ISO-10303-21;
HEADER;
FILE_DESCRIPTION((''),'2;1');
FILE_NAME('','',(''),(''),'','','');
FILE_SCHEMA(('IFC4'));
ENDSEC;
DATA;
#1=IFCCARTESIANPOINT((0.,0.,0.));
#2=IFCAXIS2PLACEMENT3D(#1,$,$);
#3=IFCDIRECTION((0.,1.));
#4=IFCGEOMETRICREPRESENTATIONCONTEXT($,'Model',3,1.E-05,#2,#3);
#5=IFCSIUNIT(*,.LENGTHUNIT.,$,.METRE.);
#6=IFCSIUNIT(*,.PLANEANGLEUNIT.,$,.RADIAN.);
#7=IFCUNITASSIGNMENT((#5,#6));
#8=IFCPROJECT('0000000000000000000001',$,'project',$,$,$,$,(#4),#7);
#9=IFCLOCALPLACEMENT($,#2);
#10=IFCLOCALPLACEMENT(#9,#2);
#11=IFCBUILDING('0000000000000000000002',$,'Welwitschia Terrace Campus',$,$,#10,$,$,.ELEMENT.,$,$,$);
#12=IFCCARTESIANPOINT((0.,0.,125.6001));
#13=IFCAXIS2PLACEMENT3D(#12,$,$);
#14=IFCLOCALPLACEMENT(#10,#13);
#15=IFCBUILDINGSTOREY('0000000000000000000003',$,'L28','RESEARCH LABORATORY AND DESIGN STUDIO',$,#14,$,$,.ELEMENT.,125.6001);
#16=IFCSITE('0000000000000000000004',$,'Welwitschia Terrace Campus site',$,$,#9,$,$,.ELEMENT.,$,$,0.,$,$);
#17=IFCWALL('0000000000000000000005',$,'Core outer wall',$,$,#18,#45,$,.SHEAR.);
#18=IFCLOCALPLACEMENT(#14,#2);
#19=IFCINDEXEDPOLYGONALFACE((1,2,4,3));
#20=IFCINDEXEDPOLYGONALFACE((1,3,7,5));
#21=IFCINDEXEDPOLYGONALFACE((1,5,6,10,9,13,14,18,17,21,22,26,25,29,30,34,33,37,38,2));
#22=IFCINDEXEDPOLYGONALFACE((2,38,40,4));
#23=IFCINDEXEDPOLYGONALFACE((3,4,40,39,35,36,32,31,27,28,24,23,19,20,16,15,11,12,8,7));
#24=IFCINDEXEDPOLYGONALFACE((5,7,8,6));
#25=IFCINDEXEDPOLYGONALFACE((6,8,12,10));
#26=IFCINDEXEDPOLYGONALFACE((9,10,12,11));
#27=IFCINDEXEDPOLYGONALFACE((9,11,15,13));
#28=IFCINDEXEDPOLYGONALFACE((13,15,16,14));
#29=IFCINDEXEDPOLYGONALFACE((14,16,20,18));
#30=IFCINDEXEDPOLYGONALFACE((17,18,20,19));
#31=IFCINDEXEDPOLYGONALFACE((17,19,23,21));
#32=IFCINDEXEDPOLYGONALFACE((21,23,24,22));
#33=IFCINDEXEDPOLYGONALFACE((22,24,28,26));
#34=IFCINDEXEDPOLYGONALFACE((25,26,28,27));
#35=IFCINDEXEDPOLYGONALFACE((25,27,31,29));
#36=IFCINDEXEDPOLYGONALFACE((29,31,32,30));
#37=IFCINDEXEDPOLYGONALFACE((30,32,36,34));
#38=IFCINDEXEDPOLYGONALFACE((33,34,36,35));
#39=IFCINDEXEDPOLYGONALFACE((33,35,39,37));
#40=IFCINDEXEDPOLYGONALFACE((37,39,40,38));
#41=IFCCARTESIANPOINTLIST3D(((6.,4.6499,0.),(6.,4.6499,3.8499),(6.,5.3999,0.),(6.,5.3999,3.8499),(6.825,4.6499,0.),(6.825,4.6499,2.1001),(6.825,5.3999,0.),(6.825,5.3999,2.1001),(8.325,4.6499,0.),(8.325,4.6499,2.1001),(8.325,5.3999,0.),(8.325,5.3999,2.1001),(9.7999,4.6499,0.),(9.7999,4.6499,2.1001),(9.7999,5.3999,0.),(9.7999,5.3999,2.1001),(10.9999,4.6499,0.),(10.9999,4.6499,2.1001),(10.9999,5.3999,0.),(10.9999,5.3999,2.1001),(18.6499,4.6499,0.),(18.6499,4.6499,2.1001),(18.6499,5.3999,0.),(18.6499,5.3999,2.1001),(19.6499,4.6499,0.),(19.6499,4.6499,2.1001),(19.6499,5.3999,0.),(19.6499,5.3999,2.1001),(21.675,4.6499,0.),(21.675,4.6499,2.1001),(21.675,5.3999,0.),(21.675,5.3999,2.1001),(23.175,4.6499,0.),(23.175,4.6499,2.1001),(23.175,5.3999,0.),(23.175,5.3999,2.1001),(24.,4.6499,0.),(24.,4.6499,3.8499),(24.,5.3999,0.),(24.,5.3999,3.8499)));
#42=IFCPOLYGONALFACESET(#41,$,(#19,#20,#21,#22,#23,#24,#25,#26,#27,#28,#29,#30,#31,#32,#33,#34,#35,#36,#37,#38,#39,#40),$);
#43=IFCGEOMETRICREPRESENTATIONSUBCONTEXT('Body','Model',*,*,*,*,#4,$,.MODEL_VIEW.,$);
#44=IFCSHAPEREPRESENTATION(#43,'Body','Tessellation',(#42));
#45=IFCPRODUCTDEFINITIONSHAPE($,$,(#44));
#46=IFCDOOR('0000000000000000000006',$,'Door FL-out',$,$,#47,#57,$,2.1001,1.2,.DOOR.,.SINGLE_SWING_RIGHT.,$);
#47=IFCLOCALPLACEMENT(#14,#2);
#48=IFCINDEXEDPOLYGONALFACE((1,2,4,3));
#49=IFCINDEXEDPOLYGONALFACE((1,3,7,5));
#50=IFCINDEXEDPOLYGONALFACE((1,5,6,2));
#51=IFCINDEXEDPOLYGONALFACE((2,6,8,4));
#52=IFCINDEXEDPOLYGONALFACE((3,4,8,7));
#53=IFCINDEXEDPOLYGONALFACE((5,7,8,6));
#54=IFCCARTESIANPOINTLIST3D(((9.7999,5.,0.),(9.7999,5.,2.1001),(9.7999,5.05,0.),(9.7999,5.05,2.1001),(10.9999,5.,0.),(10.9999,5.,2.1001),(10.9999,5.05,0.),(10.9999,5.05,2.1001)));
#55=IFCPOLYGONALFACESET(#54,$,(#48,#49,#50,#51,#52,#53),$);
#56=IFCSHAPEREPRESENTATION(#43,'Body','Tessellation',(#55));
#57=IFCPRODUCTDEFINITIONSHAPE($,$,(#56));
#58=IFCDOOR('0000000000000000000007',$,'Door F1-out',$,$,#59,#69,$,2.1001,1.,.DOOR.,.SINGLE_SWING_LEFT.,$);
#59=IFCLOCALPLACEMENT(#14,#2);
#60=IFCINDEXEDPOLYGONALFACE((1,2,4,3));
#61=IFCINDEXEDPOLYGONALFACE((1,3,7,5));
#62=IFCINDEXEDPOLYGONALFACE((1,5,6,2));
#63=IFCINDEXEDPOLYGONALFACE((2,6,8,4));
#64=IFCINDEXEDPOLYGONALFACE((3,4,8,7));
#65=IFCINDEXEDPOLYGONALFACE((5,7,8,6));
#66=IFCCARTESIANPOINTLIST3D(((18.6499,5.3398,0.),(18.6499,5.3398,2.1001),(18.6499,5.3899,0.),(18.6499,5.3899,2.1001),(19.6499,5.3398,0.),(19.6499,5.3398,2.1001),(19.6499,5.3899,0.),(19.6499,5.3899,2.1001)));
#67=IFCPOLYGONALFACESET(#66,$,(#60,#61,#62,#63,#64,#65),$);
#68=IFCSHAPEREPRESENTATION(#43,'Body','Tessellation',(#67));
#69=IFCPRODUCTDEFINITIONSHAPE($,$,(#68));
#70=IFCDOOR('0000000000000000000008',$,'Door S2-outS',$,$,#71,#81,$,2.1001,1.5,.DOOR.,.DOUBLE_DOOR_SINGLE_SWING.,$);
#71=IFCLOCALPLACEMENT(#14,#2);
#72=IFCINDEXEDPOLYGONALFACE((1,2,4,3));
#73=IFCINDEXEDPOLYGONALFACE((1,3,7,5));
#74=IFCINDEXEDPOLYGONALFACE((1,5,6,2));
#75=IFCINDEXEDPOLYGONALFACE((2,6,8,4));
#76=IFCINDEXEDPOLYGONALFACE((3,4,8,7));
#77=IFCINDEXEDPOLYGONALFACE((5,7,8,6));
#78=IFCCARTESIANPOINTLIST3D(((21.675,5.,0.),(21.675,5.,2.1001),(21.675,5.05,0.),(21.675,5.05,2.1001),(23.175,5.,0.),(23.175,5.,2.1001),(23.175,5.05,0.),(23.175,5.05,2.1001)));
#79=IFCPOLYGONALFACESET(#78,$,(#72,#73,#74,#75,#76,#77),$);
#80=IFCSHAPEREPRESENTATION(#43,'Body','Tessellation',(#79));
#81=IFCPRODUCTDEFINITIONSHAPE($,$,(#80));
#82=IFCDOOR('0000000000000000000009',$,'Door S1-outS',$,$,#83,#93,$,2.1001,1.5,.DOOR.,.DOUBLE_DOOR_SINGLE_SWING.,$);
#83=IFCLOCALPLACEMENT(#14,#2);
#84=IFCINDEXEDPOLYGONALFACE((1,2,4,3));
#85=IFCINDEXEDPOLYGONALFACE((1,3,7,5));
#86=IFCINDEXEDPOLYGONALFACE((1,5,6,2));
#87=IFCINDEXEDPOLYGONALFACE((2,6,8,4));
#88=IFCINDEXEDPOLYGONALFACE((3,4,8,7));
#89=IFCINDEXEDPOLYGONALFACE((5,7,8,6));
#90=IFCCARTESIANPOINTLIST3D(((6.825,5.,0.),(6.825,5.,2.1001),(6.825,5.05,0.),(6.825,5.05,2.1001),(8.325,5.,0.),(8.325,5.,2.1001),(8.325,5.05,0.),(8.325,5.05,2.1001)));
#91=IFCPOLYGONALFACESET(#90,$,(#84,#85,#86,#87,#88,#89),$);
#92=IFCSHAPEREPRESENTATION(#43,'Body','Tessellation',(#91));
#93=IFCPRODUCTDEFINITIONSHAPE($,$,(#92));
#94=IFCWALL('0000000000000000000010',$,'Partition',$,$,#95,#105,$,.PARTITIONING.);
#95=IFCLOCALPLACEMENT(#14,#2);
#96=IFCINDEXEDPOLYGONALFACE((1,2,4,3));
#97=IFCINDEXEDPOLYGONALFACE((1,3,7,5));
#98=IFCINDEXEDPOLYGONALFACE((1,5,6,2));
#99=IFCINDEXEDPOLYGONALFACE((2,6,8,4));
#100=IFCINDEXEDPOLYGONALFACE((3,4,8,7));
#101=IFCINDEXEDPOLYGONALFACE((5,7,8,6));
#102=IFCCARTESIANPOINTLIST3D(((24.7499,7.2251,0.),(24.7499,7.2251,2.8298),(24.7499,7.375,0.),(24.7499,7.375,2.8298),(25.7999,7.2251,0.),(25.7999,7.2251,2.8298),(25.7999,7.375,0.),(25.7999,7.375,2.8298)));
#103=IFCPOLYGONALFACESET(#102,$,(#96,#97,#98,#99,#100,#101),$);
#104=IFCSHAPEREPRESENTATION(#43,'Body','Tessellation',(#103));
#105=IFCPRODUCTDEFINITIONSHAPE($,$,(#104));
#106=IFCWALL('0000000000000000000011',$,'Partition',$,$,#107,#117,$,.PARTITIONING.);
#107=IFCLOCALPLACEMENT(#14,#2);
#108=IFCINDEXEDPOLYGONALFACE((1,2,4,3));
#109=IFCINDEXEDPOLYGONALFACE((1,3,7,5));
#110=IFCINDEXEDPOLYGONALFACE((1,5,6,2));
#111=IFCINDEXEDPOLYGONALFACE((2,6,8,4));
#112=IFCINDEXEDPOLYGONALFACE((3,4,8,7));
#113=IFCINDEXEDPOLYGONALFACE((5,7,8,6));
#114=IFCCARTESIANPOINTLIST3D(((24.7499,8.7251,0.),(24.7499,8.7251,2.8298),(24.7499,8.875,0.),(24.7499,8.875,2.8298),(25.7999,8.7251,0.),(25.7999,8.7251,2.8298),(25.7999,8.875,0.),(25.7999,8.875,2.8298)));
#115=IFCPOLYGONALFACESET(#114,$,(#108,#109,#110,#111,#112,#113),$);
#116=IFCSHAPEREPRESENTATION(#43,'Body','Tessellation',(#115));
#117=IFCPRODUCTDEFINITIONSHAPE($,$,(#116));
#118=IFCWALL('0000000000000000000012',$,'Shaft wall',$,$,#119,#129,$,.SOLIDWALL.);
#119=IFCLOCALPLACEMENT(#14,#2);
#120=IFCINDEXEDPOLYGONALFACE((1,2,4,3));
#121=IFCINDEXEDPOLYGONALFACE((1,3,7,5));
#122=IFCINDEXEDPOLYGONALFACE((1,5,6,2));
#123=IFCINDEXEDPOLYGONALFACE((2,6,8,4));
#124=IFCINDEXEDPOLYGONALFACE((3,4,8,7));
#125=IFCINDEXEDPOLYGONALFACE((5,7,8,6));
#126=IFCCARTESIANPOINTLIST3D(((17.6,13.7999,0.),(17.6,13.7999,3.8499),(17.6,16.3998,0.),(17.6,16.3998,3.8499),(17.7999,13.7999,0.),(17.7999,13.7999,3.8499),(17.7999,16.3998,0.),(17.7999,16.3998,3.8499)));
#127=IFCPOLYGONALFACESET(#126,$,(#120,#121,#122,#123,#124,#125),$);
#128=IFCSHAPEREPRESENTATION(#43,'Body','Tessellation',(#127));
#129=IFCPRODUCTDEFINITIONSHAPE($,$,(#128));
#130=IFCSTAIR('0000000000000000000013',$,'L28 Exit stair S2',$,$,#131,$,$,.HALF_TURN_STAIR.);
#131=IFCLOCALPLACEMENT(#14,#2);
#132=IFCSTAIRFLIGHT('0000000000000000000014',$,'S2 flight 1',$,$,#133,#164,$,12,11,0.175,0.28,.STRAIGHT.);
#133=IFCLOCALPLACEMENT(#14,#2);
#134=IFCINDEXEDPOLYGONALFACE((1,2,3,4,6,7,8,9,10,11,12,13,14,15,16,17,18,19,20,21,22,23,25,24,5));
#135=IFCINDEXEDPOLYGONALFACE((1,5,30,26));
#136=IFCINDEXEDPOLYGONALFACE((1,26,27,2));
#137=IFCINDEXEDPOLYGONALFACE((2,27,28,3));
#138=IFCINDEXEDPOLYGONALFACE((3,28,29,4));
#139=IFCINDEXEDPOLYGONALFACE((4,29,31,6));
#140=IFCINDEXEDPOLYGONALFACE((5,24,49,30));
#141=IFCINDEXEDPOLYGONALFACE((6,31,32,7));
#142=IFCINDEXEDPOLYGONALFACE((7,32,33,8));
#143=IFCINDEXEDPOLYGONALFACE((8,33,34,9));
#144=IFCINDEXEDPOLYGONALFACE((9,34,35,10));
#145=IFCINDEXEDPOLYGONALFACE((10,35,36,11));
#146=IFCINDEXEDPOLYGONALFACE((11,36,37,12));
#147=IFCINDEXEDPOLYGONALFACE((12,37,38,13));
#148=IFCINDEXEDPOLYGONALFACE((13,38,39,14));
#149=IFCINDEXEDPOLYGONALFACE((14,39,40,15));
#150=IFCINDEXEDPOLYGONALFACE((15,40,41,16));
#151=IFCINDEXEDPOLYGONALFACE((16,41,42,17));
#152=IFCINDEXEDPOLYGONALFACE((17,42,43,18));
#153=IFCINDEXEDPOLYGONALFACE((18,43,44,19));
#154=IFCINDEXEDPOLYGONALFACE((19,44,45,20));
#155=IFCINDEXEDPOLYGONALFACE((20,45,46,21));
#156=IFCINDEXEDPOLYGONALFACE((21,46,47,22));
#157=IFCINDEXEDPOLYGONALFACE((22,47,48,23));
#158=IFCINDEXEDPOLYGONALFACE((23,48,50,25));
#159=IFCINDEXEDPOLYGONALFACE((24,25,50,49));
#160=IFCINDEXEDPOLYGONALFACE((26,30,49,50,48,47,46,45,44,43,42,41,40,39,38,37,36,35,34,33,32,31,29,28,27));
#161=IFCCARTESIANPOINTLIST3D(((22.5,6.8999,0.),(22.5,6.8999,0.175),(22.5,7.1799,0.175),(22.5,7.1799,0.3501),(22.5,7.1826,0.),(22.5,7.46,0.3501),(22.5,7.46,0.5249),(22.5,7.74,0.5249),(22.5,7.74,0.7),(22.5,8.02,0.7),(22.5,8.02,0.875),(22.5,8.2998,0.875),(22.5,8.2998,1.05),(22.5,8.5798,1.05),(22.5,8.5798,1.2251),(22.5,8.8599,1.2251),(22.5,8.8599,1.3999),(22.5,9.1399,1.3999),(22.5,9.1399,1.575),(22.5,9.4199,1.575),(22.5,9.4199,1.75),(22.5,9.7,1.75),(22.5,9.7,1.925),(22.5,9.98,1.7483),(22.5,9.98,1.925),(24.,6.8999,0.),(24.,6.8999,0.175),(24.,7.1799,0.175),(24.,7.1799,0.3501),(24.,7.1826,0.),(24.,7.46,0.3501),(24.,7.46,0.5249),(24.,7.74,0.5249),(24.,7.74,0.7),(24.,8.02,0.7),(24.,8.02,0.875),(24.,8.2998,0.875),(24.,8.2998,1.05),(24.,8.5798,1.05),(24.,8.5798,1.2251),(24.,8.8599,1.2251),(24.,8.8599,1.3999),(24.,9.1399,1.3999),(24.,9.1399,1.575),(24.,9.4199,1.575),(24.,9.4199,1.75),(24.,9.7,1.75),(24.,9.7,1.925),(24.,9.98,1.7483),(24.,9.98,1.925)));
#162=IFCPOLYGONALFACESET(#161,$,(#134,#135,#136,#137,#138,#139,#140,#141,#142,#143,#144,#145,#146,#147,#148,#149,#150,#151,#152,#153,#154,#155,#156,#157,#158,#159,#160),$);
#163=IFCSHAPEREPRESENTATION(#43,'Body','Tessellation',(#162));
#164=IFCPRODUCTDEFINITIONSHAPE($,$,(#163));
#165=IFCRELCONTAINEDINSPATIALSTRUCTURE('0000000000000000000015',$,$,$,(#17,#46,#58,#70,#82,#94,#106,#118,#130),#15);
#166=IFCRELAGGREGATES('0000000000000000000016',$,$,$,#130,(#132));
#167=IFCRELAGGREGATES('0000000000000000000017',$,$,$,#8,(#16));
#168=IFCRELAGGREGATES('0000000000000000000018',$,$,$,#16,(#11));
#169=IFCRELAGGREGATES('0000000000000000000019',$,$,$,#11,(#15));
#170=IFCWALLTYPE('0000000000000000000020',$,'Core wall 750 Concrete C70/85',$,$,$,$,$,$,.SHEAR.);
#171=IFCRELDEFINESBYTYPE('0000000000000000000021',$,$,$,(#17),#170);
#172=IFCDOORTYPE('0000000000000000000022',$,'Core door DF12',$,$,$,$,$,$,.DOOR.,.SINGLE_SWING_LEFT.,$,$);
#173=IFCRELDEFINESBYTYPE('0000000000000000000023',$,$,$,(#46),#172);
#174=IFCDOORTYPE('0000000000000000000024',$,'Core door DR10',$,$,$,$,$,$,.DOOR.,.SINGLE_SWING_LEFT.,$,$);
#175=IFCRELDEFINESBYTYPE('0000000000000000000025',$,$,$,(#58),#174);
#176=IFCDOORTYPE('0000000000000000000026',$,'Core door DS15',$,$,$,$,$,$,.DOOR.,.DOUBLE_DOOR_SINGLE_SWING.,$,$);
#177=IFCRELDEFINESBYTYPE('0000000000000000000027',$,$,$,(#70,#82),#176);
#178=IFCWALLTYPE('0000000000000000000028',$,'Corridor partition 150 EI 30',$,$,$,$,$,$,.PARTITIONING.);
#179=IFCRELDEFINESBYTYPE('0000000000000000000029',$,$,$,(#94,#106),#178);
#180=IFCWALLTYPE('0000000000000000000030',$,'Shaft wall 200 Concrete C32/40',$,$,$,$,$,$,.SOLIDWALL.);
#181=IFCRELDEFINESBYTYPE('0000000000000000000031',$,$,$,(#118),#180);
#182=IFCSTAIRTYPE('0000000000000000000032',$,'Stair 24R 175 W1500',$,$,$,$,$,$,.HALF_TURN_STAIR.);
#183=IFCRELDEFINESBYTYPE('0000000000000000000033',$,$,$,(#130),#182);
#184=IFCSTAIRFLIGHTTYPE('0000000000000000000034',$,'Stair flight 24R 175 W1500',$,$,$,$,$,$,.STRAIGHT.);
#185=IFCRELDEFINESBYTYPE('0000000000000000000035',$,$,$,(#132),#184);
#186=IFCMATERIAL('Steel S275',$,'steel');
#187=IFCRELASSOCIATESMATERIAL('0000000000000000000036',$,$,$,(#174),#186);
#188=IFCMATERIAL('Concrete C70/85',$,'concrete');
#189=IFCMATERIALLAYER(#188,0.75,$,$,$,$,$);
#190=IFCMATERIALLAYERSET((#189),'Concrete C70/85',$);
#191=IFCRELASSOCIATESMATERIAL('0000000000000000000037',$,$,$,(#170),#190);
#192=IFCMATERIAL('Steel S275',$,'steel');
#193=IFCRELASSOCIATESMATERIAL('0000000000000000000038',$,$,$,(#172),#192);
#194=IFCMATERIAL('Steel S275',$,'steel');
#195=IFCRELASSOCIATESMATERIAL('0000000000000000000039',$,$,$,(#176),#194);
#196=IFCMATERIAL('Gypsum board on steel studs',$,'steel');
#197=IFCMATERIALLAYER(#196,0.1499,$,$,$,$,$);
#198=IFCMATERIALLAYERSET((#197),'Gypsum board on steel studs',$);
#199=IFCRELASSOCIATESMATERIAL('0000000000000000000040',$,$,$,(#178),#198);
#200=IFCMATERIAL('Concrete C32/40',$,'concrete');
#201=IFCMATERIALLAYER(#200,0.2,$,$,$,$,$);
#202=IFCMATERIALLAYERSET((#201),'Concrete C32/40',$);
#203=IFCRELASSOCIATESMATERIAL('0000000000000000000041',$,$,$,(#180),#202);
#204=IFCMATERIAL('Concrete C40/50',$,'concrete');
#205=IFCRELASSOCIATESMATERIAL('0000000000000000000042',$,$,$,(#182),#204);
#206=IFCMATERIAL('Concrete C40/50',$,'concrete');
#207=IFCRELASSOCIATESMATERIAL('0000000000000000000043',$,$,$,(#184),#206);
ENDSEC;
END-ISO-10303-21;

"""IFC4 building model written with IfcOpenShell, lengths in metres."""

from ifc_helpers import new_model, si_unit, direction, frame, frame_2d, origin, place, context, subcontext, project, spatial, polyline, rectangle, outline, extrude, material, layer, layer_set, type_object, element, fill, aggregate, save


model = new_model("IFC4")

# Units and contexts
model_context = context("Model", 3, precision=1e-05, world=origin(), true_north=direction((0.0, 1.0)))
body_context = subcontext(model_context, "Body", "Model", "MODEL_VIEW")
ifc_project = project(units=[si_unit("LENGTHUNIT", "METRE"), si_unit("PLANEANGLEUNIT", "RADIAN")], contexts=[model_context])

# Site, building, storey
site_placement = place(None, origin())
site = spatial("IfcSite", under=ifc_project, at=site_placement, Name="Welwitschia Terrace Campus site", CompositionType="ELEMENT", RefElevation=0.0)
building_placement = place(site_placement, origin())
building = spatial("IfcBuilding", under=site, at=building_placement, Name="Welwitschia Terrace Campus", CompositionType="ELEMENT")
storey_placement = place(building_placement, frame((0.0, 0.0, 125.6001)))
storey = spatial("IfcBuildingStorey", under=building, at=storey_placement, Name="L28", Description="RESEARCH LABORATORY AND DESIGN STUDIO", CompositionType="ELEMENT", Elevation=125.6001)

# Shared definitions
ifc_material_1 = material(Name="Steel S275", Category="steel")
door_type_1 = type_object("IfcDoorType", Name="Core door DR10", OperationType="SINGLE_SWING_LEFT", PredefinedType="DOOR", material=ifc_material_1)

# Wall, openings, doors
ifc_material_2 = material(Name="Concrete C70/85", Category="concrete")
ifc_layer_1 = layer(ifc_material_2, 0.75)
ifc_layer_set_1 = layer_set([ifc_layer_1], Name="Concrete C70/85")
wall_type_1 = type_object("IfcWallType", Name="Core wall 750 Concrete C70/85", PredefinedType="SHEAR", material=ifc_layer_set_1)
wall_1_placement = place(storey_placement, frame((24.0, 5.0249, 0.0), z_axis=(0.0, 0.0, 1.0), x_axis=(-1.0, 0.0, 0.0)))
wall_1 = element("IfcWall", 1, at=wall_1_placement, inside=storey, type_object=wall_type_1, Name="Core outer wall", PredefinedType="SHEAR", context=body_context, shape_type="SweptSolid", body=[
    extrude(rectangle(XDim=18.0, YDim=0.75, at=frame_2d((9.0, 0.0))), origin(), (0.0, 0.0, 1.0), 3.8499),
])
opening_1_placement = place(wall_1_placement, frame((0.825, 0.0, 0.0)))
opening_1 = element("IfcOpeningElement", 2, at=opening_1_placement, cuts=wall_1, PredefinedType="OPENING", context=body_context, shape_type="SweptSolid", body=[
    extrude(rectangle(XDim=1.5, YDim=2.1001, at=frame_2d((0.75, 1.05))), frame((0.0, 0.385, 0.0), z_axis=(0.0, -1.0, 0.0), x_axis=(1.0, 0.0, 0.0)), (0.0, 0.0, 1.0), 0.77),
])
opening_2_placement = place(wall_1_placement, frame((15.675, 0.0, 0.0)))
opening_2 = element("IfcOpeningElement", 3, at=opening_2_placement, cuts=wall_1, PredefinedType="OPENING", context=body_context, shape_type="SweptSolid", body=[
    extrude(rectangle(XDim=1.5, YDim=2.1001, at=frame_2d((0.75, 1.05))), frame((0.0, 0.385, 0.0), z_axis=(0.0, -1.0, 0.0), x_axis=(1.0, 0.0, 0.0)), (0.0, 0.0, 1.0), 0.77),
])
opening_3_placement = place(wall_1_placement, frame((13.0, 0.0, 0.0)))
opening_3 = element("IfcOpeningElement", 4, at=opening_3_placement, cuts=wall_1, PredefinedType="OPENING", context=body_context, shape_type="SweptSolid", body=[
    extrude(rectangle(XDim=1.2, YDim=2.1001, at=frame_2d((0.6001, 1.05))), frame((0.0, 0.385, 0.0), z_axis=(0.0, -1.0, 0.0), x_axis=(1.0, 0.0, 0.0)), (0.0, 0.0, 1.0), 0.77),
])
opening_4_placement = place(wall_1_placement, frame((4.3501, 0.0, 0.0)))
opening_4 = element("IfcOpeningElement", 5, at=opening_4_placement, cuts=wall_1, PredefinedType="OPENING", context=body_context, shape_type="SweptSolid", body=[
    extrude(rectangle(XDim=1.0, YDim=2.1001, at=frame_2d((0.5, 1.05))), frame((0.0, 0.385, 0.0), z_axis=(0.0, -1.0, 0.0), x_axis=(1.0, 0.0, 0.0)), (0.0, 0.0, 1.0), 0.77),
])
ifc_material_3 = material(Name="Steel S275", Category="steel")
door_type_2 = type_object("IfcDoorType", Name="Core door DF12", OperationType="SINGLE_SWING_LEFT", PredefinedType="DOOR", material=ifc_material_3)
door_1_placement = place(opening_3_placement, origin())
door_1 = element("IfcDoor", 6, at=door_1_placement, inside=storey, type_object=door_type_2, Name="Door FL-out", OperationType="SINGLE_SWING_RIGHT", OverallHeight=2.1001, OverallWidth=1.2, PredefinedType="DOOR", context=body_context, shape_type="SweptSolid", body=[
    extrude(rectangle(XDim=1.2, YDim=2.1001, at=frame_2d((0.6001, 1.05))), frame((0.0, 0.0249, 0.0), z_axis=(0.0, -1.0, 0.0), x_axis=(1.0, 0.0, 0.0)), (0.0, 0.0, 1.0), 0.05),
])
fill(opening_3, door_1)
door_2_placement = place(opening_4_placement, origin())
door_2 = element("IfcDoor", 7, at=door_2_placement, inside=storey, type_object=door_type_1, Name="Door F1-out", OperationType="SINGLE_SWING_LEFT", OverallHeight=2.1001, OverallWidth=1.0, PredefinedType="DOOR", context=body_context, shape_type="SweptSolid", body=[
    extrude(rectangle(XDim=1.0, YDim=2.1001, at=frame_2d((0.5, 1.05))), frame((0.0, -0.3149, 0.0), z_axis=(0.0, -1.0, 0.0), x_axis=(1.0, 0.0, 0.0)), (0.0, 0.0, 1.0), 0.05),
])
fill(opening_4, door_2)
ifc_material_4 = material(Name="Steel S275", Category="steel")
door_type_3 = type_object("IfcDoorType", Name="Core door DS15", OperationType="DOUBLE_DOOR_SINGLE_SWING", PredefinedType="DOOR", material=ifc_material_4)
door_3_placement = place(opening_1_placement, origin())
door_3 = element("IfcDoor", 8, at=door_3_placement, inside=storey, type_object=door_type_3, Name="Door S2-outS", OperationType="DOUBLE_DOOR_SINGLE_SWING", OverallHeight=2.1001, OverallWidth=1.5, PredefinedType="DOOR", context=body_context, shape_type="SweptSolid", body=[
    extrude(rectangle(XDim=1.5, YDim=2.1001, at=frame_2d((0.75, 1.05))), frame((0.0, 0.0249, 0.0), z_axis=(0.0, -1.0, 0.0), x_axis=(1.0, 0.0, 0.0)), (0.0, 0.0, 1.0), 0.05),
])
fill(opening_1, door_3)
door_4_placement = place(opening_2_placement, origin())
door_4 = element("IfcDoor", 9, at=door_4_placement, inside=storey, type_object=door_type_3, Name="Door S1-outS", OperationType="DOUBLE_DOOR_SINGLE_SWING", OverallHeight=2.1001, OverallWidth=1.5, PredefinedType="DOOR", context=body_context, shape_type="SweptSolid", body=[
    extrude(rectangle(XDim=1.5, YDim=2.1001, at=frame_2d((0.75, 1.05))), frame((0.0, 0.0249, 0.0), z_axis=(0.0, -1.0, 0.0), x_axis=(1.0, 0.0, 0.0)), (0.0, 0.0, 1.0), 0.05),
])
fill(opening_2, door_4)

# Walls
ifc_material_5 = material(Name="Gypsum board on steel studs", Category="steel")
ifc_layer_2 = layer(ifc_material_5, 0.1499)
ifc_layer_set_2 = layer_set([ifc_layer_2], Name="Gypsum board on steel studs")
wall_type_2 = type_object("IfcWallType", Name="Corridor partition 150 EI 30", PredefinedType="PARTITIONING", material=ifc_layer_set_2)
for number, where, z_axis, x_axis, name in (
    (10, (24.75, 7.3, 0.0), (0.0, 0.0, 1.0), (1.0, 0.0, 0.0), "Partition"),
    (11, (24.75, 8.8, 0.0), (0.0, 0.0, 1.0), (1.0, 0.0, 0.0), "Partition"),
):
    element("IfcWall", number, at=place(storey_placement, frame(where, z_axis=z_axis, x_axis=x_axis)), inside=storey, type_object=wall_type_2, Name=name, PredefinedType="PARTITIONING", context=body_context, shape_type="SweptSolid", body=[
        extrude(rectangle(XDim=1.05, YDim=0.1499, at=frame_2d((0.5249, 0.0))), origin(), (0.0, 0.0, 1.0), 2.8298),
    ])
ifc_material_6 = material(Name="Concrete C32/40", Category="concrete")
ifc_layer_3 = layer(ifc_material_6, 0.2)
ifc_layer_set_3 = layer_set([ifc_layer_3], Name="Concrete C32/40")
wall_type_3 = type_object("IfcWallType", Name="Shaft wall 200 Concrete C32/40", PredefinedType="SOLIDWALL", material=ifc_layer_set_3)
wall_2_placement = place(storey_placement, frame((17.7, 13.8, 0.0), z_axis=(0.0, 0.0, 1.0), x_axis=(0.0, 1.0, 0.0)))
element("IfcWall", 12, at=wall_2_placement, inside=storey, type_object=wall_type_3, Name="Shaft wall", PredefinedType="SOLIDWALL", context=body_context, shape_type="SweptSolid", body=[
    extrude(rectangle(XDim=2.5999, YDim=0.2, at=frame_2d((1.2998, 0.0))), origin(), (0.0, 0.0, 1.0), 3.8499),
])

# Stair, stair flight
ifc_material_7 = material(Name="Concrete C40/50", Category="concrete")
stair_type = type_object("IfcStairType", Name="Stair 24R 175 W1500", PredefinedType="HALF_TURN_STAIR", material=ifc_material_7)
stair_placement = place(storey_placement, origin())
stair = element("IfcStair", 13, at=stair_placement, inside=storey, type_object=stair_type, Name="L28 Exit stair S2", PredefinedType="HALF_TURN_STAIR")
ifc_material_8 = material(Name="Concrete C40/50", Category="concrete")
stair_flight_type = type_object("IfcStairFlightType", Name="Stair flight 24R 175 W1500", PredefinedType="STRAIGHT", material=ifc_material_8)
stair_flight_1_placement = place(storey_placement, frame((23.25, 6.8999, 0.0), z_axis=(0.0, 0.0, 1.0), x_axis=(0.0, 1.0, 0.0)))
stair_flight_1 = element("IfcStairFlight", 14, at=stair_flight_1_placement, type_object=stair_flight_type, Name="S2 flight 1", NumberOfRisers=12, NumberOfTreads=11, PredefinedType="STRAIGHT", RiserHeight=0.175, TreadLength=0.28, context=body_context, shape_type="SweptSolid", body=[
    extrude(outline(polyline([(0.0, 0.0), (0.0, 0.175), (0.28, 0.175), (0.28, 0.3501), (0.5601, 0.3501), (0.5601, 0.5249), (0.8401, 0.5249), (0.8401, 0.7), (1.1201, 0.7), (1.1201, 0.875), (1.3999, 0.875), (1.3999, 1.05), (1.6799, 1.05), (1.6799, 1.2251), (1.96, 1.2251), (1.96, 1.3999), (2.24, 1.3999), (2.24, 1.575), (2.52, 1.575), (2.52, 1.75), (2.8, 1.75), (2.8, 1.925), (3.0801, 1.925), (3.0801, 2.1001), (3.0801, 1.7483), (0.2827, 0.0), (0.0, 0.0)])), frame((0.0, 0.75, 0.0), z_axis=(0.0, -1.0, 0.0), x_axis=(1.0, 0.0, 0.0)), (0.0, 0.0, 1.0), 1.5),
])
aggregate(stair, [stair_flight_1])

save(model, "model.ifc")
